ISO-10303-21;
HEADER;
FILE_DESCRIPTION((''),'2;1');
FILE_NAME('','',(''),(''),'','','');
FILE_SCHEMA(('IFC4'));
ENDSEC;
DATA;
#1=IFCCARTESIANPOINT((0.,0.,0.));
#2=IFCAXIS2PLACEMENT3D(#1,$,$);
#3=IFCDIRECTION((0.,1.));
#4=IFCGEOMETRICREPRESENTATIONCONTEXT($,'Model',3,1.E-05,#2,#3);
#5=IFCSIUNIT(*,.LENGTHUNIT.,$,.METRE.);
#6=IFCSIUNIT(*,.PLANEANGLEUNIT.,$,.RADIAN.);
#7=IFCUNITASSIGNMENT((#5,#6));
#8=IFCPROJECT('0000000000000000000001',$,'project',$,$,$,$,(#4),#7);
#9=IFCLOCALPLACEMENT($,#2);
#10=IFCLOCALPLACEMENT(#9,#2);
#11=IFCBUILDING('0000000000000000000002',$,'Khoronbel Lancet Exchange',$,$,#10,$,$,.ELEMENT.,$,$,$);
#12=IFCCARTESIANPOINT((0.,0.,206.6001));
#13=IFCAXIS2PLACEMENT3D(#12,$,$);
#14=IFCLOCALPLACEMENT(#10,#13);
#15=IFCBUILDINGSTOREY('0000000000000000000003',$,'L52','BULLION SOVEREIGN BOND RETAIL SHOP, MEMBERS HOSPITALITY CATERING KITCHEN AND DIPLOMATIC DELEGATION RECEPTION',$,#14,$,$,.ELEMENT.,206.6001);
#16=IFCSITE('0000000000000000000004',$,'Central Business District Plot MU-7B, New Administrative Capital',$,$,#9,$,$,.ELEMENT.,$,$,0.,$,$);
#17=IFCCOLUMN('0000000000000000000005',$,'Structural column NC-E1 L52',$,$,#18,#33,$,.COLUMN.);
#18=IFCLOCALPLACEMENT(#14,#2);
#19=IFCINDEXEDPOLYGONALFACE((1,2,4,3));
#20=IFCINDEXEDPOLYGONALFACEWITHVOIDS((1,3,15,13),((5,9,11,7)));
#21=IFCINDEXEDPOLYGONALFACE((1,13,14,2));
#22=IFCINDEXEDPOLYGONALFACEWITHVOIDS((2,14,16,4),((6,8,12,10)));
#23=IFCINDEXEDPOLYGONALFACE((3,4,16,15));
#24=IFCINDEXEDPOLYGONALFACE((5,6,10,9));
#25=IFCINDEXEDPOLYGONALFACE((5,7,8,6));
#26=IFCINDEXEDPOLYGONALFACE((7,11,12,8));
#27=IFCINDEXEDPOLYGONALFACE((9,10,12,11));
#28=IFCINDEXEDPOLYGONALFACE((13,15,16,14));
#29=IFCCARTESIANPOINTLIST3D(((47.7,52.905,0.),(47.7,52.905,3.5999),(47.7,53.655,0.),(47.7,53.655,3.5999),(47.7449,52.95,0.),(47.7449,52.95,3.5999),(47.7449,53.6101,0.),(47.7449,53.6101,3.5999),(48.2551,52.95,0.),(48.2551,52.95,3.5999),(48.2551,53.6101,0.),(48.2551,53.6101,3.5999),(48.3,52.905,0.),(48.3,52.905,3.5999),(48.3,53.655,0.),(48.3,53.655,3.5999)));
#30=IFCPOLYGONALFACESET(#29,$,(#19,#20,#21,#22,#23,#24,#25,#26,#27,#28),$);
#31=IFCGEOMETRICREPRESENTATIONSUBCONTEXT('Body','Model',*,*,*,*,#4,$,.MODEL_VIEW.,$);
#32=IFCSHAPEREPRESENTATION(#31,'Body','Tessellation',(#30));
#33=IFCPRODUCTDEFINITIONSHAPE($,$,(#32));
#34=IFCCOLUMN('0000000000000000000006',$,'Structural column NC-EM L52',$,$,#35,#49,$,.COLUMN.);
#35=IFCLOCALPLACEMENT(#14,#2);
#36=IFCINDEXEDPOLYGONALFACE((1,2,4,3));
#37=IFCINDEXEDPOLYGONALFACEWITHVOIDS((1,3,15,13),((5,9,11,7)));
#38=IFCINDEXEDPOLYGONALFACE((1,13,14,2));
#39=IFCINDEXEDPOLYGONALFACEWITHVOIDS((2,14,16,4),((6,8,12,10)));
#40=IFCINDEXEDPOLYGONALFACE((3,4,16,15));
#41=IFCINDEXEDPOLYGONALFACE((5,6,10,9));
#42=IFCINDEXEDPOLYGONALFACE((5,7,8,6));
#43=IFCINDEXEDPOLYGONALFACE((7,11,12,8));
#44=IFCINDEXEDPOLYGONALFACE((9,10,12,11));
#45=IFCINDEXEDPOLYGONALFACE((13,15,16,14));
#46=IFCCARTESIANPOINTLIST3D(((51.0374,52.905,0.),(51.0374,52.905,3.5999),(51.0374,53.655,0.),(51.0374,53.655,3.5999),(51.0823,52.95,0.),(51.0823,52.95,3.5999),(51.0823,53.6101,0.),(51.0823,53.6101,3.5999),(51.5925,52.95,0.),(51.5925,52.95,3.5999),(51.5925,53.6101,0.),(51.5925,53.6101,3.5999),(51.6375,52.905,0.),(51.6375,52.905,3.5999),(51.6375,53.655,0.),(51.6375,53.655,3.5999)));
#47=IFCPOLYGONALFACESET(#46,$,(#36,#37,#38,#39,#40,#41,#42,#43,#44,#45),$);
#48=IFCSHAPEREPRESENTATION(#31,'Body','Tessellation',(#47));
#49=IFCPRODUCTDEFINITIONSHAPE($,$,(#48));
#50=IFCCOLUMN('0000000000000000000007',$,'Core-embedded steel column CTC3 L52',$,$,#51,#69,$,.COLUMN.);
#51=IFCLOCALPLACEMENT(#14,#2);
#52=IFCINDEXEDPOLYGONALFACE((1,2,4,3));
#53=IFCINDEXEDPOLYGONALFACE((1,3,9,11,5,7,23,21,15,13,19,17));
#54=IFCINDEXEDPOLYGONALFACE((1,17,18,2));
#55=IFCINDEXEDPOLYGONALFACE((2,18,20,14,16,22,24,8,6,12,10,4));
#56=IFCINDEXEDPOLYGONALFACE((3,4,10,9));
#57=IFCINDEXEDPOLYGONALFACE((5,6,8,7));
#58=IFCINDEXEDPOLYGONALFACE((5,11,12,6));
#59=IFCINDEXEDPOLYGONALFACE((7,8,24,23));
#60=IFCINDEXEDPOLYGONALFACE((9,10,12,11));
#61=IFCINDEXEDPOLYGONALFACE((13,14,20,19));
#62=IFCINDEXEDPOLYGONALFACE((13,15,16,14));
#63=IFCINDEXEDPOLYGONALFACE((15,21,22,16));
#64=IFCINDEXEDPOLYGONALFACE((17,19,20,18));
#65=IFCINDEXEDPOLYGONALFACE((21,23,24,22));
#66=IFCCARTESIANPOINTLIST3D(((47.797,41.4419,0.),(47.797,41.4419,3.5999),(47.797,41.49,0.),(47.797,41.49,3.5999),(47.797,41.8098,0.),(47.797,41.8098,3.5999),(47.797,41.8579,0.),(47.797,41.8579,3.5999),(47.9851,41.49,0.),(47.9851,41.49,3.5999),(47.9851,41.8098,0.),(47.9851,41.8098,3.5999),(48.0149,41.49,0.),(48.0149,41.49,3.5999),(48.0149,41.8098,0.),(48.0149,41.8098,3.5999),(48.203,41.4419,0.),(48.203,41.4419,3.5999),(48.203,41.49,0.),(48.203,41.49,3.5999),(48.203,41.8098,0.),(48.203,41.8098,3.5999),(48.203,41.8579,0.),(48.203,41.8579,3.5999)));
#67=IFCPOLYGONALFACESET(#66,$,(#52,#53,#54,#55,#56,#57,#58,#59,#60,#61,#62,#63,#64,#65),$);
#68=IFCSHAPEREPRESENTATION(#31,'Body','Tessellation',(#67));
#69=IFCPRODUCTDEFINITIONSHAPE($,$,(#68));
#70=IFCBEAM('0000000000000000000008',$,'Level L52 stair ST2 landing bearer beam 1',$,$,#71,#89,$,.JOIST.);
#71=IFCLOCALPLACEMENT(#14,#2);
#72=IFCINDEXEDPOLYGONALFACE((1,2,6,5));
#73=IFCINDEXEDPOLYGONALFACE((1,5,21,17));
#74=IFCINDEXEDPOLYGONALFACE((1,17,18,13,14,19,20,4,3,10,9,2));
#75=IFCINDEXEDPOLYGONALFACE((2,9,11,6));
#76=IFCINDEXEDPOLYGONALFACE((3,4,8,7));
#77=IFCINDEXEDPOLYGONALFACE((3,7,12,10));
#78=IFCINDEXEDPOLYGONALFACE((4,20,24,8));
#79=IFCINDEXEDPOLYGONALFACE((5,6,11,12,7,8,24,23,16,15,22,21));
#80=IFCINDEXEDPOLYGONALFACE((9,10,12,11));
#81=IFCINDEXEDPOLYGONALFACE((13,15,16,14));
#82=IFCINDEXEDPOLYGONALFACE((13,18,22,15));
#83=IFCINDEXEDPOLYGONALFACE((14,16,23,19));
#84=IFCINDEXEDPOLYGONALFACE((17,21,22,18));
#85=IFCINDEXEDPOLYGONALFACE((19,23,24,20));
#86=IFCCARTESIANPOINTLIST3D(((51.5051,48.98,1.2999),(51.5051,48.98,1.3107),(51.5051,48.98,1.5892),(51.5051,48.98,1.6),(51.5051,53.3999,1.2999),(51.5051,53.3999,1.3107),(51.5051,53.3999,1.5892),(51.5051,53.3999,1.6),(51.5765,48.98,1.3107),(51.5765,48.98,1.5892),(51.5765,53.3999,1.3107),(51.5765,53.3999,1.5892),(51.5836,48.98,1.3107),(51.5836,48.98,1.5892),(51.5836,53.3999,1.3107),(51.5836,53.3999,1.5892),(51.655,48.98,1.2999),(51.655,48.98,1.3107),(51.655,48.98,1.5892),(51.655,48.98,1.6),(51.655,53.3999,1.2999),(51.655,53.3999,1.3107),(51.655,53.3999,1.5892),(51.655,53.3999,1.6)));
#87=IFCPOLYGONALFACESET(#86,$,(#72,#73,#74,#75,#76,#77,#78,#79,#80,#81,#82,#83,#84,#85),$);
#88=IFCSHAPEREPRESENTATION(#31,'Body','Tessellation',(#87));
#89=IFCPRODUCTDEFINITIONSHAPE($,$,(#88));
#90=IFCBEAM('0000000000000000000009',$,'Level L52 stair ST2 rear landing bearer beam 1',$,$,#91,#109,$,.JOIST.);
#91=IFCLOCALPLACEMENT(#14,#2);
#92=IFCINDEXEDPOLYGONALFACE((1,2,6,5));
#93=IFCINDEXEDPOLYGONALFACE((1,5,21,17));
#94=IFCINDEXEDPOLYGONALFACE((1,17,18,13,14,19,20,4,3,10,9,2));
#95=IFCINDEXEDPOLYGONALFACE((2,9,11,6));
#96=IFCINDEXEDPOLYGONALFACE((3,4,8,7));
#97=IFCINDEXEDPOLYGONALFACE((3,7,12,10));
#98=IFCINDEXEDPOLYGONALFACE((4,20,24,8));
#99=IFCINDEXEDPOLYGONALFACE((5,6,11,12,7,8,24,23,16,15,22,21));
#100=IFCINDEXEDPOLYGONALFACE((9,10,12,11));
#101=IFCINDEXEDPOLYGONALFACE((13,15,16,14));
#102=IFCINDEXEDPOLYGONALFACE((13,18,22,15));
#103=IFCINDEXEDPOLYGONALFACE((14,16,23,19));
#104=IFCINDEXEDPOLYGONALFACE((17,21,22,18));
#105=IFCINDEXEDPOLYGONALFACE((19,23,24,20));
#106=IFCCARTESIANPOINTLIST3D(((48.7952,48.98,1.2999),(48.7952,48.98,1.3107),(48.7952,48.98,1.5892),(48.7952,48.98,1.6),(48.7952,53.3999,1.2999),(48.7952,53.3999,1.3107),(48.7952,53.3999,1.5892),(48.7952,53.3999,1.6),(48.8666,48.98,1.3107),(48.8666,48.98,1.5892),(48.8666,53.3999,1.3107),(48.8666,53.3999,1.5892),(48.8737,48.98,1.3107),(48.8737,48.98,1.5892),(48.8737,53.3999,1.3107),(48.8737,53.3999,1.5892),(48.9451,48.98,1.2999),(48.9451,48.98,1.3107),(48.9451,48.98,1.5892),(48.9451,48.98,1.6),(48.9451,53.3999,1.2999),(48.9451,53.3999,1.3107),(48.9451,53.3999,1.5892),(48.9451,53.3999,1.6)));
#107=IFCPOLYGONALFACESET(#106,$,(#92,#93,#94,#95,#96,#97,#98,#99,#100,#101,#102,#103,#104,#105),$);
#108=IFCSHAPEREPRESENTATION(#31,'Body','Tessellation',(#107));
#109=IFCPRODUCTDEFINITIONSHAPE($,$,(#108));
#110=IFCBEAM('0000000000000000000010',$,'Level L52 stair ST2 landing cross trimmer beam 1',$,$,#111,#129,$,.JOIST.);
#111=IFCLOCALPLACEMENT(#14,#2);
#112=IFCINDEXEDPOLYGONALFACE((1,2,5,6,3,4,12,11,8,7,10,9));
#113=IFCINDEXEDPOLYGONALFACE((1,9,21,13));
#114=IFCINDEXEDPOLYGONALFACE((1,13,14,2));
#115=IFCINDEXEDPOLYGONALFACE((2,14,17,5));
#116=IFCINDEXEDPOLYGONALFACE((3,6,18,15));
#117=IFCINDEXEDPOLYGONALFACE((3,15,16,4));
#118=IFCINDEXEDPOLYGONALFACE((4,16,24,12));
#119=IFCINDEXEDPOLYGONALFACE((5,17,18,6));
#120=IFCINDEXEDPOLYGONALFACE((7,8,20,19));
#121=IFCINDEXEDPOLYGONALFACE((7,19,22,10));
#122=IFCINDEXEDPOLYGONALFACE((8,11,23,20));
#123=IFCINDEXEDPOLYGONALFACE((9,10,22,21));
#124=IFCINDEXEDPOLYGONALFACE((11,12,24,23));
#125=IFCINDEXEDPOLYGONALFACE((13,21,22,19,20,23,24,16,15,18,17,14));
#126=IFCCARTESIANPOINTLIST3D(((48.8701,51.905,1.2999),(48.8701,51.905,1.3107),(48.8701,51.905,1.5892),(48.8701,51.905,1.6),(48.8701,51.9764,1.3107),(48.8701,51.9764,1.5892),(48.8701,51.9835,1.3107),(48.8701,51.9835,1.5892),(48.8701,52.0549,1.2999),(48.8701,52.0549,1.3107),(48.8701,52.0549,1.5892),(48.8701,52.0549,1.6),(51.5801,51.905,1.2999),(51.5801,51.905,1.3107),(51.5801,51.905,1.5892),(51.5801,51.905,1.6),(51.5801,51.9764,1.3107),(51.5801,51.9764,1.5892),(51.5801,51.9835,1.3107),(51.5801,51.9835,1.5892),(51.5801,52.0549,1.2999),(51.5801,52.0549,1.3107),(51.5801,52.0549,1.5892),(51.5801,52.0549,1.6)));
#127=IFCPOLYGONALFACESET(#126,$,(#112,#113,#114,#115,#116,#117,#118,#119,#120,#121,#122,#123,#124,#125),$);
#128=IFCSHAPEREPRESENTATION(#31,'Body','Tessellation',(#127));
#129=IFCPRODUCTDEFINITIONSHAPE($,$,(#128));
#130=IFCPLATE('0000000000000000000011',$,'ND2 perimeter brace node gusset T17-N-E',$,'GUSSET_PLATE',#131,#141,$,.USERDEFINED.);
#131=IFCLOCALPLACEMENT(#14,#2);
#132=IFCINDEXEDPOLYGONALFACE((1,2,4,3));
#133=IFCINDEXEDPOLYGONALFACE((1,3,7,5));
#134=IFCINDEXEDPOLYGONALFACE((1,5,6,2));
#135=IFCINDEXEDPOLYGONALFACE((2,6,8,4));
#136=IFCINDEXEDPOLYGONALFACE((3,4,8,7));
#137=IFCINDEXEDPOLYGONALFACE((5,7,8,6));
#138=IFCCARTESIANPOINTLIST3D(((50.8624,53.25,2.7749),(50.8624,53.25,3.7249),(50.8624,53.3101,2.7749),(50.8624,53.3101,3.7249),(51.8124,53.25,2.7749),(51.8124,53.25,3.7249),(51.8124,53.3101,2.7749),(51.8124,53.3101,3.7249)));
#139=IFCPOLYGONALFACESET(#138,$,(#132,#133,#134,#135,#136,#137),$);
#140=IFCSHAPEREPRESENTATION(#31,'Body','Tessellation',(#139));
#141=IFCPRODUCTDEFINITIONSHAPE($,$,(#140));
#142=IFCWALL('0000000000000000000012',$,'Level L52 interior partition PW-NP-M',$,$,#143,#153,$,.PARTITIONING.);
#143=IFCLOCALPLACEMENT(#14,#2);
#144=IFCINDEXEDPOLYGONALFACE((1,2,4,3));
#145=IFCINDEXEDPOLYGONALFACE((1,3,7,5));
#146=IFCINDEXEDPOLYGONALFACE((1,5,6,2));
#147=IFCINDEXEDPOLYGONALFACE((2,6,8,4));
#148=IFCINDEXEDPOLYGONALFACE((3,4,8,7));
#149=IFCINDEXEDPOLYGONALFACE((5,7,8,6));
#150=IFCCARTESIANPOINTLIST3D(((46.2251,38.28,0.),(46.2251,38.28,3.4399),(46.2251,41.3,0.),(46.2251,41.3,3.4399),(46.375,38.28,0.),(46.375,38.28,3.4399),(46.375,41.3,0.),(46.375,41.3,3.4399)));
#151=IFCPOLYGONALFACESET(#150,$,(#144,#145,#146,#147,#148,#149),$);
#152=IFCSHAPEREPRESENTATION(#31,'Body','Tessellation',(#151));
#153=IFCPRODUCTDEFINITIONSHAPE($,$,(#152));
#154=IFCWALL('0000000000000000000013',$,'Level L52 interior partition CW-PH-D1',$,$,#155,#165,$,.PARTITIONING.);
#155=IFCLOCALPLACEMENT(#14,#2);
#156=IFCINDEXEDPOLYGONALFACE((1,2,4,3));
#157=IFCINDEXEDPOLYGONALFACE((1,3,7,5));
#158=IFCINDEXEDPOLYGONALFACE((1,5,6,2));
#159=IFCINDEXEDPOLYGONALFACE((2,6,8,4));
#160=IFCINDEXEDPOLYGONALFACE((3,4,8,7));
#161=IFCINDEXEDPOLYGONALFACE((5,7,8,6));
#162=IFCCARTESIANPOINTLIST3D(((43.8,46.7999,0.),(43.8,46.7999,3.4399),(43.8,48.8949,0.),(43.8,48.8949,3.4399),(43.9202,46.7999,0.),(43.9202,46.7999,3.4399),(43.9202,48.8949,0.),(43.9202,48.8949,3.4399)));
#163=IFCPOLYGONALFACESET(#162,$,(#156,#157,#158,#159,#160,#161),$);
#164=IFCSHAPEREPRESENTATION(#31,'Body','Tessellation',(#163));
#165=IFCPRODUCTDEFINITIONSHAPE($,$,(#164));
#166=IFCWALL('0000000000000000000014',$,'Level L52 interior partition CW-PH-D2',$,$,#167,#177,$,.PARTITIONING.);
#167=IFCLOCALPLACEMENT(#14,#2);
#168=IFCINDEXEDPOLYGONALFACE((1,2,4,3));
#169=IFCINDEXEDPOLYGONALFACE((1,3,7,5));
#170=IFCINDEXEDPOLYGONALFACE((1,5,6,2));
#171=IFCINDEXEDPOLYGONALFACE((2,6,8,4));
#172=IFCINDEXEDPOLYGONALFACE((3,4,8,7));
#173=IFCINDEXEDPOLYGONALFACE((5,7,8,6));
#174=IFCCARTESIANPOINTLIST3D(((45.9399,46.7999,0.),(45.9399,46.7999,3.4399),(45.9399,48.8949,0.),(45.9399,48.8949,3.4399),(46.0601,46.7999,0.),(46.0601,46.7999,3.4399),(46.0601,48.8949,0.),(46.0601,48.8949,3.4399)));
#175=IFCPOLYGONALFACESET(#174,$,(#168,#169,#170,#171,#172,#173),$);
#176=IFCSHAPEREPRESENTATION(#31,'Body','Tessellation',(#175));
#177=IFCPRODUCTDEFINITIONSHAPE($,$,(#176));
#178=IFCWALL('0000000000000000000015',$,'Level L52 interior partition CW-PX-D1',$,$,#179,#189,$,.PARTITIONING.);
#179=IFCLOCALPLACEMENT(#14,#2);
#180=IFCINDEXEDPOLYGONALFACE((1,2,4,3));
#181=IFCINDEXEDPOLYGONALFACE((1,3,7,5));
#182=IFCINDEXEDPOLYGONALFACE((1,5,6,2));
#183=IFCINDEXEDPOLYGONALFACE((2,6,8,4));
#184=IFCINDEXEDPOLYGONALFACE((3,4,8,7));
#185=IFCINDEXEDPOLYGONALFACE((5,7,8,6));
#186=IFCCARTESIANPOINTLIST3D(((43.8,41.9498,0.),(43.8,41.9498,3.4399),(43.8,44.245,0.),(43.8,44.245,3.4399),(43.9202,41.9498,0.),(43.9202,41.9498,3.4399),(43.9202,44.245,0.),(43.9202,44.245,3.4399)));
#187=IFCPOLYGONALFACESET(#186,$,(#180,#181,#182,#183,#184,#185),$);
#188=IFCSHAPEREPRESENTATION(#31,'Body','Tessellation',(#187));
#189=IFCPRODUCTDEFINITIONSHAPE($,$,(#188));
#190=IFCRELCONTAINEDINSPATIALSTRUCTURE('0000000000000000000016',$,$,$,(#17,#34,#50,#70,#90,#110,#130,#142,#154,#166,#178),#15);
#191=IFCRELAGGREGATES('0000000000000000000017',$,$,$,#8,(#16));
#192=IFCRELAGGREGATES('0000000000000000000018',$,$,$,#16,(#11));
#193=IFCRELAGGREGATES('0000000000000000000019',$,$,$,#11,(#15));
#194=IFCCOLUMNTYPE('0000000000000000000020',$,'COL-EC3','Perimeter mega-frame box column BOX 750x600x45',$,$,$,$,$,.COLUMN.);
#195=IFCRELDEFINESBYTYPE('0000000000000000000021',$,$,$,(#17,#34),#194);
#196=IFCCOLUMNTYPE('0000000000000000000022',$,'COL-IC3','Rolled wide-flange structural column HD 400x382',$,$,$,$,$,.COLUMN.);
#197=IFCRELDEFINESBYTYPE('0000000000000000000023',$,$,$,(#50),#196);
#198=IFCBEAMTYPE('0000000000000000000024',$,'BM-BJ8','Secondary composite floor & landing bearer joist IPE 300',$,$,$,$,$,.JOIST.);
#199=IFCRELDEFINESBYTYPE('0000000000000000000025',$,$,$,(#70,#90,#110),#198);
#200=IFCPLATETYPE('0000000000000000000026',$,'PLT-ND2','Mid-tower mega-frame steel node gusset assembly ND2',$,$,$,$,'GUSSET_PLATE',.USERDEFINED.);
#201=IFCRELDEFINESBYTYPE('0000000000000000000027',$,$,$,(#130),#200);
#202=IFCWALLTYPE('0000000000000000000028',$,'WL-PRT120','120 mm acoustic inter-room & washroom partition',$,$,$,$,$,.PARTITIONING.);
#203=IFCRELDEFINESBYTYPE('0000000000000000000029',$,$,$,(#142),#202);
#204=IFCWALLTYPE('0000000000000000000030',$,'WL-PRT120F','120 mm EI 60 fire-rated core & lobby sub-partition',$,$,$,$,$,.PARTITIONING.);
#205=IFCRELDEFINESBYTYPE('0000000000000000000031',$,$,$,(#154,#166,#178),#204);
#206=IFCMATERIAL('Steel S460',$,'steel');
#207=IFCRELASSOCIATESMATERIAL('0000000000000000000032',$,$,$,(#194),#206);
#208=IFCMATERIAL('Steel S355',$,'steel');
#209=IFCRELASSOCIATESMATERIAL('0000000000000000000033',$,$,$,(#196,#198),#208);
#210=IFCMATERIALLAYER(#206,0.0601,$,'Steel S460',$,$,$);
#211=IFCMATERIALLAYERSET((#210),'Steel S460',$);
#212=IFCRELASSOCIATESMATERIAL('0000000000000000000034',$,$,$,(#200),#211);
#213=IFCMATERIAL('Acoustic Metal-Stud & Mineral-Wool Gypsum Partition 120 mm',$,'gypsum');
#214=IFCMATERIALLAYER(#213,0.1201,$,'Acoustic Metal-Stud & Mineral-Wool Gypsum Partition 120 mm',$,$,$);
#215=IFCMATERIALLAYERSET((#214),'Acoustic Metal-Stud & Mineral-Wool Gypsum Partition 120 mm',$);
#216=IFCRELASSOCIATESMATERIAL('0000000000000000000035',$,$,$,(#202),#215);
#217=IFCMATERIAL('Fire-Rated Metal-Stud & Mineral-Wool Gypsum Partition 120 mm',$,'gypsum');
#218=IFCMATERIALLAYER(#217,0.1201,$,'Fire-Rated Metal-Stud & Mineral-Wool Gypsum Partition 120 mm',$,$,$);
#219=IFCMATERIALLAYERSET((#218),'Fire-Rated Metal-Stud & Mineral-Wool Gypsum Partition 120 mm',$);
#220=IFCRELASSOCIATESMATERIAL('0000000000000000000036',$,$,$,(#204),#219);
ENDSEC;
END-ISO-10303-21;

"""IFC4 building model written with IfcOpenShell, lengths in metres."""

from ifc_helpers import new_model, si_unit, direction, frame, frame_2d, origin, origin_2d, place, context, subcontext, project, spatial, rectangle, hollow_rectangle, i_section, extrude, material, layer, layer_set, material_profile, profile_set, type_object, element, save


model = new_model("IFC4")

# Units and contexts
model_context = context("Model", 3, precision=1e-05, world=origin(), true_north=direction((0.0, 1.0)))
body_context = subcontext(model_context, "Body", "Model", "MODEL_VIEW")
ifc_project = project(units=[si_unit("LENGTHUNIT", "METRE"), si_unit("PLANEANGLEUNIT", "RADIAN")], contexts=[model_context])

# Site, building, storey
site_placement = place(None, origin())
site = spatial("IfcSite", under=ifc_project, at=site_placement, Name="Central Business District Plot MU-7B, New Administrative Capital", CompositionType="ELEMENT", RefElevation=0.0)
building_placement = place(site_placement, origin())
building = spatial("IfcBuilding", under=site, at=building_placement, Name="Khoronbel Lancet Exchange", CompositionType="ELEMENT")
storey_placement = place(building_placement, frame((0.0, 0.0, 206.6001)))
storey = spatial("IfcBuildingStorey", under=building, at=storey_placement, Name="L52", Description="BULLION SOVEREIGN BOND RETAIL SHOP, MEMBERS HOSPITALITY CATERING KITCHEN AND DIPLOMATIC DELEGATION RECEPTION", CompositionType="ELEMENT", Elevation=206.6001)

# Columns
ifc_material_1 = material(Name="Steel S460", Category="steel")
ifc_material_profile_1 = material_profile(ifc_material_1, hollow_rectangle(XDim=0.6001, YDim=0.75, WallThickness=0.0449, at=origin_2d()), Name="BOX 750x600x45")
ifc_profile_set_1 = profile_set([ifc_material_profile_1], Name="Steel S460")
column_type_1 = type_object("IfcColumnType", Name="COL-EC3", Description="Perimeter mega-frame box column BOX 750x600x45", PredefinedType="COLUMN", material=ifc_profile_set_1)
for number, where, z_axis, x_axis, name in (
    (1, (48.0, 53.28, 0.0), (0.0, 0.0, 1.0), (1.0, 0.0, 0.0), "Structural column NC-E1 L52"),
    (2, (51.3374, 53.28, 0.0), (0.0, 0.0, 1.0), (1.0, 0.0, 0.0), "Structural column NC-EM L52"),
):
    element("IfcColumn", number, at=place(storey_placement, frame(where, z_axis=z_axis, x_axis=x_axis)), inside=storey, type_object=column_type_1, Name=name, PredefinedType="COLUMN", context=body_context, shape_type="SweptSolid", body=[
        extrude(hollow_rectangle(XDim=0.6001, YDim=0.75, WallThickness=0.0449, at=origin_2d()), origin(), (0.0, 0.0, 1.0), 3.5999),
    ])
ifc_material_2 = material(Name="Steel S355", Category="steel")
ifc_material_profile_2 = material_profile(ifc_material_2, i_section(OverallWidth=0.406, OverallDepth=0.416, WebThickness=0.0298, FlangeThickness=0.0481, at=origin_2d()), Name="HD 400x382")
ifc_profile_set_2 = profile_set([ifc_material_profile_2], Name="Steel S355")
column_type_2 = type_object("IfcColumnType", Name="COL-IC3", Description="Rolled wide-flange structural column HD 400x382", PredefinedType="COLUMN", material=ifc_profile_set_2)
column_placement = place(storey_placement, frame((48.0, 41.6499, 0.0), z_axis=(0.0, 0.0, 1.0), x_axis=(1.0, 0.0, 0.0)))
element("IfcColumn", 3, at=column_placement, inside=storey, type_object=column_type_2, Name="Core-embedded steel column CTC3 L52", PredefinedType="COLUMN", context=body_context, shape_type="SweptSolid", body=[
    extrude(i_section(OverallWidth=0.406, OverallDepth=0.416, WebThickness=0.0298, FlangeThickness=0.0481, at=origin_2d()), origin(), (0.0, 0.0, 1.0), 3.5999),
])

# Beams
ifc_material_profile_3 = material_profile(ifc_material_2, i_section(OverallWidth=0.1499, OverallDepth=0.3, WebThickness=0.0071, FlangeThickness=0.0107, at=origin_2d()), Name="IPE 300")
ifc_profile_set_3 = profile_set([ifc_material_profile_3], Name="Steel S355")
beam_type = type_object("IfcBeamType", Name="BM-BJ8", Description="Secondary composite floor & landing bearer joist IPE 300", PredefinedType="JOIST", material=ifc_profile_set_3)
for number, where, z_axis, x_axis, name in (
    (4, (51.5801, 48.98, 1.45), (0.0, 1.0, 0.0), (-1.0, 0.0, 0.0), "Level L52 stair ST2 landing bearer beam 1"),
    (5, (48.8701, 48.98, 1.45), (0.0, 1.0, 0.0), (-1.0, 0.0, 0.0), "Level L52 stair ST2 rear landing bearer beam 1"),
):
    element("IfcBeam", number, at=place(storey_placement, frame(where, z_axis=z_axis, x_axis=x_axis)), inside=storey, type_object=beam_type, Name=name, PredefinedType="JOIST", context=body_context, shape_type="SweptSolid", body=[
        extrude(i_section(OverallWidth=0.1499, OverallDepth=0.3, WebThickness=0.0071, FlangeThickness=0.0107, at=origin_2d()), origin(), (0.0, 0.0, 1.0), 4.4199),
    ])
beam_placement = place(storey_placement, frame((48.8701, 51.98, 1.45), z_axis=(1.0, 0.0, 0.0), x_axis=(0.0, 1.0, 0.0)))
element("IfcBeam", 6, at=beam_placement, inside=storey, type_object=beam_type, Name="Level L52 stair ST2 landing cross trimmer beam 1", PredefinedType="JOIST", context=body_context, shape_type="SweptSolid", body=[
    extrude(i_section(OverallWidth=0.1499, OverallDepth=0.3, WebThickness=0.0071, FlangeThickness=0.0107, at=origin_2d()), origin(), (0.0, 0.0, 1.0), 2.71),
])

# Plate
ifc_layer_1 = layer(ifc_material_1, 0.0601, Name="Steel S460")
ifc_layer_set_1 = layer_set([ifc_layer_1], Name="Steel S460")
plate_type = type_object("IfcPlateType", Name="PLT-ND2", Description="Mid-tower mega-frame steel node gusset assembly ND2", ElementType="GUSSET_PLATE", PredefinedType="USERDEFINED", material=ifc_layer_set_1)
plate_placement = place(storey_placement, frame((51.3374, 53.28, 2.7749), z_axis=(0.0, 0.0, 1.0), x_axis=(1.0, 0.0, 0.0)))
element("IfcPlate", 7, at=plate_placement, inside=storey, type_object=plate_type, Name="ND2 perimeter brace node gusset T17-N-E", ObjectType="GUSSET_PLATE", PredefinedType="USERDEFINED", context=body_context, shape_type="SweptSolid", body=[
    extrude(rectangle(XDim=0.95, YDim=0.0601, at=origin_2d()), origin(), (0.0, 0.0, 1.0), 0.95),
])

# Walls
ifc_material_3 = material(Name="Acoustic Metal-Stud & Mineral-Wool Gypsum Partition 120 mm", Category="gypsum")
ifc_layer_2 = layer(ifc_material_3, 0.1201, Name="Acoustic Metal-Stud & Mineral-Wool Gypsum Partition 120 mm")
ifc_layer_set_2 = layer_set([ifc_layer_2], Name="Acoustic Metal-Stud & Mineral-Wool Gypsum Partition 120 mm")
wall_type_1 = type_object("IfcWallType", Name="WL-PRT120", Description="120 mm acoustic inter-room & washroom partition", PredefinedType="PARTITIONING", material=ifc_layer_set_2)
wall_1_placement = place(storey_placement, frame((46.3, 38.28, 0.0), z_axis=(0.0, 0.0, 1.0), x_axis=(0.0, 1.0, 0.0)))
element("IfcWall", 8, at=wall_1_placement, inside=storey, type_object=wall_type_1, Name="Level L52 interior partition PW-NP-M", PredefinedType="PARTITIONING", context=body_context, shape_type="SweptSolid", body=[
    extrude(rectangle(XDim=3.02, YDim=0.1499, at=frame_2d((1.51, 0.0))), origin(), (0.0, 0.0, 1.0), 3.4399),
])
ifc_material_4 = material(Name="Fire-Rated Metal-Stud & Mineral-Wool Gypsum Partition 120 mm", Category="gypsum")
ifc_layer_3 = layer(ifc_material_4, 0.1201, Name="Fire-Rated Metal-Stud & Mineral-Wool Gypsum Partition 120 mm")
ifc_layer_set_3 = layer_set([ifc_layer_3], Name="Fire-Rated Metal-Stud & Mineral-Wool Gypsum Partition 120 mm")
wall_type_2 = type_object("IfcWallType", Name="WL-PRT120F", Description="120 mm EI 60 fire-rated core & lobby sub-partition", PredefinedType="PARTITIONING", material=ifc_layer_set_3)
for number, where, z_axis, x_axis, name in (
    (9, (43.8601, 46.8, 0.0), (0.0, 0.0, 1.0), (0.0, 1.0, 0.0), "Level L52 interior partition CW-PH-D1"),
    (10, (46.0, 46.8, 0.0), (0.0, 0.0, 1.0), (0.0, 1.0, 0.0), "Level L52 interior partition CW-PH-D2"),
):
    element("IfcWall", number, at=place(storey_placement, frame(where, z_axis=z_axis, x_axis=x_axis)), inside=storey, type_object=wall_type_2, Name=name, PredefinedType="PARTITIONING", context=body_context, shape_type="SweptSolid", body=[
        extrude(rectangle(XDim=2.095, YDim=0.1201, at=frame_2d((1.0474, 0.0))), origin(), (0.0, 0.0, 1.0), 3.4399),
    ])
for number, where, z_axis, x_axis, name in (
    (11, (43.8601, 41.95, 0.0), (0.0, 0.0, 1.0), (0.0, 1.0, 0.0), "Level L52 interior partition CW-PX-D1"),
):
    element("IfcWall", number, at=place(storey_placement, frame(where, z_axis=z_axis, x_axis=x_axis)), inside=storey, type_object=wall_type_2, Name=name, PredefinedType="PARTITIONING", context=body_context, shape_type="SweptSolid", body=[
        extrude(rectangle(XDim=2.2952, YDim=0.1201, at=frame_2d((1.1475, 0.0))), origin(), (0.0, 0.0, 1.0), 3.4399),
    ])

save(model, "model.ifc")
